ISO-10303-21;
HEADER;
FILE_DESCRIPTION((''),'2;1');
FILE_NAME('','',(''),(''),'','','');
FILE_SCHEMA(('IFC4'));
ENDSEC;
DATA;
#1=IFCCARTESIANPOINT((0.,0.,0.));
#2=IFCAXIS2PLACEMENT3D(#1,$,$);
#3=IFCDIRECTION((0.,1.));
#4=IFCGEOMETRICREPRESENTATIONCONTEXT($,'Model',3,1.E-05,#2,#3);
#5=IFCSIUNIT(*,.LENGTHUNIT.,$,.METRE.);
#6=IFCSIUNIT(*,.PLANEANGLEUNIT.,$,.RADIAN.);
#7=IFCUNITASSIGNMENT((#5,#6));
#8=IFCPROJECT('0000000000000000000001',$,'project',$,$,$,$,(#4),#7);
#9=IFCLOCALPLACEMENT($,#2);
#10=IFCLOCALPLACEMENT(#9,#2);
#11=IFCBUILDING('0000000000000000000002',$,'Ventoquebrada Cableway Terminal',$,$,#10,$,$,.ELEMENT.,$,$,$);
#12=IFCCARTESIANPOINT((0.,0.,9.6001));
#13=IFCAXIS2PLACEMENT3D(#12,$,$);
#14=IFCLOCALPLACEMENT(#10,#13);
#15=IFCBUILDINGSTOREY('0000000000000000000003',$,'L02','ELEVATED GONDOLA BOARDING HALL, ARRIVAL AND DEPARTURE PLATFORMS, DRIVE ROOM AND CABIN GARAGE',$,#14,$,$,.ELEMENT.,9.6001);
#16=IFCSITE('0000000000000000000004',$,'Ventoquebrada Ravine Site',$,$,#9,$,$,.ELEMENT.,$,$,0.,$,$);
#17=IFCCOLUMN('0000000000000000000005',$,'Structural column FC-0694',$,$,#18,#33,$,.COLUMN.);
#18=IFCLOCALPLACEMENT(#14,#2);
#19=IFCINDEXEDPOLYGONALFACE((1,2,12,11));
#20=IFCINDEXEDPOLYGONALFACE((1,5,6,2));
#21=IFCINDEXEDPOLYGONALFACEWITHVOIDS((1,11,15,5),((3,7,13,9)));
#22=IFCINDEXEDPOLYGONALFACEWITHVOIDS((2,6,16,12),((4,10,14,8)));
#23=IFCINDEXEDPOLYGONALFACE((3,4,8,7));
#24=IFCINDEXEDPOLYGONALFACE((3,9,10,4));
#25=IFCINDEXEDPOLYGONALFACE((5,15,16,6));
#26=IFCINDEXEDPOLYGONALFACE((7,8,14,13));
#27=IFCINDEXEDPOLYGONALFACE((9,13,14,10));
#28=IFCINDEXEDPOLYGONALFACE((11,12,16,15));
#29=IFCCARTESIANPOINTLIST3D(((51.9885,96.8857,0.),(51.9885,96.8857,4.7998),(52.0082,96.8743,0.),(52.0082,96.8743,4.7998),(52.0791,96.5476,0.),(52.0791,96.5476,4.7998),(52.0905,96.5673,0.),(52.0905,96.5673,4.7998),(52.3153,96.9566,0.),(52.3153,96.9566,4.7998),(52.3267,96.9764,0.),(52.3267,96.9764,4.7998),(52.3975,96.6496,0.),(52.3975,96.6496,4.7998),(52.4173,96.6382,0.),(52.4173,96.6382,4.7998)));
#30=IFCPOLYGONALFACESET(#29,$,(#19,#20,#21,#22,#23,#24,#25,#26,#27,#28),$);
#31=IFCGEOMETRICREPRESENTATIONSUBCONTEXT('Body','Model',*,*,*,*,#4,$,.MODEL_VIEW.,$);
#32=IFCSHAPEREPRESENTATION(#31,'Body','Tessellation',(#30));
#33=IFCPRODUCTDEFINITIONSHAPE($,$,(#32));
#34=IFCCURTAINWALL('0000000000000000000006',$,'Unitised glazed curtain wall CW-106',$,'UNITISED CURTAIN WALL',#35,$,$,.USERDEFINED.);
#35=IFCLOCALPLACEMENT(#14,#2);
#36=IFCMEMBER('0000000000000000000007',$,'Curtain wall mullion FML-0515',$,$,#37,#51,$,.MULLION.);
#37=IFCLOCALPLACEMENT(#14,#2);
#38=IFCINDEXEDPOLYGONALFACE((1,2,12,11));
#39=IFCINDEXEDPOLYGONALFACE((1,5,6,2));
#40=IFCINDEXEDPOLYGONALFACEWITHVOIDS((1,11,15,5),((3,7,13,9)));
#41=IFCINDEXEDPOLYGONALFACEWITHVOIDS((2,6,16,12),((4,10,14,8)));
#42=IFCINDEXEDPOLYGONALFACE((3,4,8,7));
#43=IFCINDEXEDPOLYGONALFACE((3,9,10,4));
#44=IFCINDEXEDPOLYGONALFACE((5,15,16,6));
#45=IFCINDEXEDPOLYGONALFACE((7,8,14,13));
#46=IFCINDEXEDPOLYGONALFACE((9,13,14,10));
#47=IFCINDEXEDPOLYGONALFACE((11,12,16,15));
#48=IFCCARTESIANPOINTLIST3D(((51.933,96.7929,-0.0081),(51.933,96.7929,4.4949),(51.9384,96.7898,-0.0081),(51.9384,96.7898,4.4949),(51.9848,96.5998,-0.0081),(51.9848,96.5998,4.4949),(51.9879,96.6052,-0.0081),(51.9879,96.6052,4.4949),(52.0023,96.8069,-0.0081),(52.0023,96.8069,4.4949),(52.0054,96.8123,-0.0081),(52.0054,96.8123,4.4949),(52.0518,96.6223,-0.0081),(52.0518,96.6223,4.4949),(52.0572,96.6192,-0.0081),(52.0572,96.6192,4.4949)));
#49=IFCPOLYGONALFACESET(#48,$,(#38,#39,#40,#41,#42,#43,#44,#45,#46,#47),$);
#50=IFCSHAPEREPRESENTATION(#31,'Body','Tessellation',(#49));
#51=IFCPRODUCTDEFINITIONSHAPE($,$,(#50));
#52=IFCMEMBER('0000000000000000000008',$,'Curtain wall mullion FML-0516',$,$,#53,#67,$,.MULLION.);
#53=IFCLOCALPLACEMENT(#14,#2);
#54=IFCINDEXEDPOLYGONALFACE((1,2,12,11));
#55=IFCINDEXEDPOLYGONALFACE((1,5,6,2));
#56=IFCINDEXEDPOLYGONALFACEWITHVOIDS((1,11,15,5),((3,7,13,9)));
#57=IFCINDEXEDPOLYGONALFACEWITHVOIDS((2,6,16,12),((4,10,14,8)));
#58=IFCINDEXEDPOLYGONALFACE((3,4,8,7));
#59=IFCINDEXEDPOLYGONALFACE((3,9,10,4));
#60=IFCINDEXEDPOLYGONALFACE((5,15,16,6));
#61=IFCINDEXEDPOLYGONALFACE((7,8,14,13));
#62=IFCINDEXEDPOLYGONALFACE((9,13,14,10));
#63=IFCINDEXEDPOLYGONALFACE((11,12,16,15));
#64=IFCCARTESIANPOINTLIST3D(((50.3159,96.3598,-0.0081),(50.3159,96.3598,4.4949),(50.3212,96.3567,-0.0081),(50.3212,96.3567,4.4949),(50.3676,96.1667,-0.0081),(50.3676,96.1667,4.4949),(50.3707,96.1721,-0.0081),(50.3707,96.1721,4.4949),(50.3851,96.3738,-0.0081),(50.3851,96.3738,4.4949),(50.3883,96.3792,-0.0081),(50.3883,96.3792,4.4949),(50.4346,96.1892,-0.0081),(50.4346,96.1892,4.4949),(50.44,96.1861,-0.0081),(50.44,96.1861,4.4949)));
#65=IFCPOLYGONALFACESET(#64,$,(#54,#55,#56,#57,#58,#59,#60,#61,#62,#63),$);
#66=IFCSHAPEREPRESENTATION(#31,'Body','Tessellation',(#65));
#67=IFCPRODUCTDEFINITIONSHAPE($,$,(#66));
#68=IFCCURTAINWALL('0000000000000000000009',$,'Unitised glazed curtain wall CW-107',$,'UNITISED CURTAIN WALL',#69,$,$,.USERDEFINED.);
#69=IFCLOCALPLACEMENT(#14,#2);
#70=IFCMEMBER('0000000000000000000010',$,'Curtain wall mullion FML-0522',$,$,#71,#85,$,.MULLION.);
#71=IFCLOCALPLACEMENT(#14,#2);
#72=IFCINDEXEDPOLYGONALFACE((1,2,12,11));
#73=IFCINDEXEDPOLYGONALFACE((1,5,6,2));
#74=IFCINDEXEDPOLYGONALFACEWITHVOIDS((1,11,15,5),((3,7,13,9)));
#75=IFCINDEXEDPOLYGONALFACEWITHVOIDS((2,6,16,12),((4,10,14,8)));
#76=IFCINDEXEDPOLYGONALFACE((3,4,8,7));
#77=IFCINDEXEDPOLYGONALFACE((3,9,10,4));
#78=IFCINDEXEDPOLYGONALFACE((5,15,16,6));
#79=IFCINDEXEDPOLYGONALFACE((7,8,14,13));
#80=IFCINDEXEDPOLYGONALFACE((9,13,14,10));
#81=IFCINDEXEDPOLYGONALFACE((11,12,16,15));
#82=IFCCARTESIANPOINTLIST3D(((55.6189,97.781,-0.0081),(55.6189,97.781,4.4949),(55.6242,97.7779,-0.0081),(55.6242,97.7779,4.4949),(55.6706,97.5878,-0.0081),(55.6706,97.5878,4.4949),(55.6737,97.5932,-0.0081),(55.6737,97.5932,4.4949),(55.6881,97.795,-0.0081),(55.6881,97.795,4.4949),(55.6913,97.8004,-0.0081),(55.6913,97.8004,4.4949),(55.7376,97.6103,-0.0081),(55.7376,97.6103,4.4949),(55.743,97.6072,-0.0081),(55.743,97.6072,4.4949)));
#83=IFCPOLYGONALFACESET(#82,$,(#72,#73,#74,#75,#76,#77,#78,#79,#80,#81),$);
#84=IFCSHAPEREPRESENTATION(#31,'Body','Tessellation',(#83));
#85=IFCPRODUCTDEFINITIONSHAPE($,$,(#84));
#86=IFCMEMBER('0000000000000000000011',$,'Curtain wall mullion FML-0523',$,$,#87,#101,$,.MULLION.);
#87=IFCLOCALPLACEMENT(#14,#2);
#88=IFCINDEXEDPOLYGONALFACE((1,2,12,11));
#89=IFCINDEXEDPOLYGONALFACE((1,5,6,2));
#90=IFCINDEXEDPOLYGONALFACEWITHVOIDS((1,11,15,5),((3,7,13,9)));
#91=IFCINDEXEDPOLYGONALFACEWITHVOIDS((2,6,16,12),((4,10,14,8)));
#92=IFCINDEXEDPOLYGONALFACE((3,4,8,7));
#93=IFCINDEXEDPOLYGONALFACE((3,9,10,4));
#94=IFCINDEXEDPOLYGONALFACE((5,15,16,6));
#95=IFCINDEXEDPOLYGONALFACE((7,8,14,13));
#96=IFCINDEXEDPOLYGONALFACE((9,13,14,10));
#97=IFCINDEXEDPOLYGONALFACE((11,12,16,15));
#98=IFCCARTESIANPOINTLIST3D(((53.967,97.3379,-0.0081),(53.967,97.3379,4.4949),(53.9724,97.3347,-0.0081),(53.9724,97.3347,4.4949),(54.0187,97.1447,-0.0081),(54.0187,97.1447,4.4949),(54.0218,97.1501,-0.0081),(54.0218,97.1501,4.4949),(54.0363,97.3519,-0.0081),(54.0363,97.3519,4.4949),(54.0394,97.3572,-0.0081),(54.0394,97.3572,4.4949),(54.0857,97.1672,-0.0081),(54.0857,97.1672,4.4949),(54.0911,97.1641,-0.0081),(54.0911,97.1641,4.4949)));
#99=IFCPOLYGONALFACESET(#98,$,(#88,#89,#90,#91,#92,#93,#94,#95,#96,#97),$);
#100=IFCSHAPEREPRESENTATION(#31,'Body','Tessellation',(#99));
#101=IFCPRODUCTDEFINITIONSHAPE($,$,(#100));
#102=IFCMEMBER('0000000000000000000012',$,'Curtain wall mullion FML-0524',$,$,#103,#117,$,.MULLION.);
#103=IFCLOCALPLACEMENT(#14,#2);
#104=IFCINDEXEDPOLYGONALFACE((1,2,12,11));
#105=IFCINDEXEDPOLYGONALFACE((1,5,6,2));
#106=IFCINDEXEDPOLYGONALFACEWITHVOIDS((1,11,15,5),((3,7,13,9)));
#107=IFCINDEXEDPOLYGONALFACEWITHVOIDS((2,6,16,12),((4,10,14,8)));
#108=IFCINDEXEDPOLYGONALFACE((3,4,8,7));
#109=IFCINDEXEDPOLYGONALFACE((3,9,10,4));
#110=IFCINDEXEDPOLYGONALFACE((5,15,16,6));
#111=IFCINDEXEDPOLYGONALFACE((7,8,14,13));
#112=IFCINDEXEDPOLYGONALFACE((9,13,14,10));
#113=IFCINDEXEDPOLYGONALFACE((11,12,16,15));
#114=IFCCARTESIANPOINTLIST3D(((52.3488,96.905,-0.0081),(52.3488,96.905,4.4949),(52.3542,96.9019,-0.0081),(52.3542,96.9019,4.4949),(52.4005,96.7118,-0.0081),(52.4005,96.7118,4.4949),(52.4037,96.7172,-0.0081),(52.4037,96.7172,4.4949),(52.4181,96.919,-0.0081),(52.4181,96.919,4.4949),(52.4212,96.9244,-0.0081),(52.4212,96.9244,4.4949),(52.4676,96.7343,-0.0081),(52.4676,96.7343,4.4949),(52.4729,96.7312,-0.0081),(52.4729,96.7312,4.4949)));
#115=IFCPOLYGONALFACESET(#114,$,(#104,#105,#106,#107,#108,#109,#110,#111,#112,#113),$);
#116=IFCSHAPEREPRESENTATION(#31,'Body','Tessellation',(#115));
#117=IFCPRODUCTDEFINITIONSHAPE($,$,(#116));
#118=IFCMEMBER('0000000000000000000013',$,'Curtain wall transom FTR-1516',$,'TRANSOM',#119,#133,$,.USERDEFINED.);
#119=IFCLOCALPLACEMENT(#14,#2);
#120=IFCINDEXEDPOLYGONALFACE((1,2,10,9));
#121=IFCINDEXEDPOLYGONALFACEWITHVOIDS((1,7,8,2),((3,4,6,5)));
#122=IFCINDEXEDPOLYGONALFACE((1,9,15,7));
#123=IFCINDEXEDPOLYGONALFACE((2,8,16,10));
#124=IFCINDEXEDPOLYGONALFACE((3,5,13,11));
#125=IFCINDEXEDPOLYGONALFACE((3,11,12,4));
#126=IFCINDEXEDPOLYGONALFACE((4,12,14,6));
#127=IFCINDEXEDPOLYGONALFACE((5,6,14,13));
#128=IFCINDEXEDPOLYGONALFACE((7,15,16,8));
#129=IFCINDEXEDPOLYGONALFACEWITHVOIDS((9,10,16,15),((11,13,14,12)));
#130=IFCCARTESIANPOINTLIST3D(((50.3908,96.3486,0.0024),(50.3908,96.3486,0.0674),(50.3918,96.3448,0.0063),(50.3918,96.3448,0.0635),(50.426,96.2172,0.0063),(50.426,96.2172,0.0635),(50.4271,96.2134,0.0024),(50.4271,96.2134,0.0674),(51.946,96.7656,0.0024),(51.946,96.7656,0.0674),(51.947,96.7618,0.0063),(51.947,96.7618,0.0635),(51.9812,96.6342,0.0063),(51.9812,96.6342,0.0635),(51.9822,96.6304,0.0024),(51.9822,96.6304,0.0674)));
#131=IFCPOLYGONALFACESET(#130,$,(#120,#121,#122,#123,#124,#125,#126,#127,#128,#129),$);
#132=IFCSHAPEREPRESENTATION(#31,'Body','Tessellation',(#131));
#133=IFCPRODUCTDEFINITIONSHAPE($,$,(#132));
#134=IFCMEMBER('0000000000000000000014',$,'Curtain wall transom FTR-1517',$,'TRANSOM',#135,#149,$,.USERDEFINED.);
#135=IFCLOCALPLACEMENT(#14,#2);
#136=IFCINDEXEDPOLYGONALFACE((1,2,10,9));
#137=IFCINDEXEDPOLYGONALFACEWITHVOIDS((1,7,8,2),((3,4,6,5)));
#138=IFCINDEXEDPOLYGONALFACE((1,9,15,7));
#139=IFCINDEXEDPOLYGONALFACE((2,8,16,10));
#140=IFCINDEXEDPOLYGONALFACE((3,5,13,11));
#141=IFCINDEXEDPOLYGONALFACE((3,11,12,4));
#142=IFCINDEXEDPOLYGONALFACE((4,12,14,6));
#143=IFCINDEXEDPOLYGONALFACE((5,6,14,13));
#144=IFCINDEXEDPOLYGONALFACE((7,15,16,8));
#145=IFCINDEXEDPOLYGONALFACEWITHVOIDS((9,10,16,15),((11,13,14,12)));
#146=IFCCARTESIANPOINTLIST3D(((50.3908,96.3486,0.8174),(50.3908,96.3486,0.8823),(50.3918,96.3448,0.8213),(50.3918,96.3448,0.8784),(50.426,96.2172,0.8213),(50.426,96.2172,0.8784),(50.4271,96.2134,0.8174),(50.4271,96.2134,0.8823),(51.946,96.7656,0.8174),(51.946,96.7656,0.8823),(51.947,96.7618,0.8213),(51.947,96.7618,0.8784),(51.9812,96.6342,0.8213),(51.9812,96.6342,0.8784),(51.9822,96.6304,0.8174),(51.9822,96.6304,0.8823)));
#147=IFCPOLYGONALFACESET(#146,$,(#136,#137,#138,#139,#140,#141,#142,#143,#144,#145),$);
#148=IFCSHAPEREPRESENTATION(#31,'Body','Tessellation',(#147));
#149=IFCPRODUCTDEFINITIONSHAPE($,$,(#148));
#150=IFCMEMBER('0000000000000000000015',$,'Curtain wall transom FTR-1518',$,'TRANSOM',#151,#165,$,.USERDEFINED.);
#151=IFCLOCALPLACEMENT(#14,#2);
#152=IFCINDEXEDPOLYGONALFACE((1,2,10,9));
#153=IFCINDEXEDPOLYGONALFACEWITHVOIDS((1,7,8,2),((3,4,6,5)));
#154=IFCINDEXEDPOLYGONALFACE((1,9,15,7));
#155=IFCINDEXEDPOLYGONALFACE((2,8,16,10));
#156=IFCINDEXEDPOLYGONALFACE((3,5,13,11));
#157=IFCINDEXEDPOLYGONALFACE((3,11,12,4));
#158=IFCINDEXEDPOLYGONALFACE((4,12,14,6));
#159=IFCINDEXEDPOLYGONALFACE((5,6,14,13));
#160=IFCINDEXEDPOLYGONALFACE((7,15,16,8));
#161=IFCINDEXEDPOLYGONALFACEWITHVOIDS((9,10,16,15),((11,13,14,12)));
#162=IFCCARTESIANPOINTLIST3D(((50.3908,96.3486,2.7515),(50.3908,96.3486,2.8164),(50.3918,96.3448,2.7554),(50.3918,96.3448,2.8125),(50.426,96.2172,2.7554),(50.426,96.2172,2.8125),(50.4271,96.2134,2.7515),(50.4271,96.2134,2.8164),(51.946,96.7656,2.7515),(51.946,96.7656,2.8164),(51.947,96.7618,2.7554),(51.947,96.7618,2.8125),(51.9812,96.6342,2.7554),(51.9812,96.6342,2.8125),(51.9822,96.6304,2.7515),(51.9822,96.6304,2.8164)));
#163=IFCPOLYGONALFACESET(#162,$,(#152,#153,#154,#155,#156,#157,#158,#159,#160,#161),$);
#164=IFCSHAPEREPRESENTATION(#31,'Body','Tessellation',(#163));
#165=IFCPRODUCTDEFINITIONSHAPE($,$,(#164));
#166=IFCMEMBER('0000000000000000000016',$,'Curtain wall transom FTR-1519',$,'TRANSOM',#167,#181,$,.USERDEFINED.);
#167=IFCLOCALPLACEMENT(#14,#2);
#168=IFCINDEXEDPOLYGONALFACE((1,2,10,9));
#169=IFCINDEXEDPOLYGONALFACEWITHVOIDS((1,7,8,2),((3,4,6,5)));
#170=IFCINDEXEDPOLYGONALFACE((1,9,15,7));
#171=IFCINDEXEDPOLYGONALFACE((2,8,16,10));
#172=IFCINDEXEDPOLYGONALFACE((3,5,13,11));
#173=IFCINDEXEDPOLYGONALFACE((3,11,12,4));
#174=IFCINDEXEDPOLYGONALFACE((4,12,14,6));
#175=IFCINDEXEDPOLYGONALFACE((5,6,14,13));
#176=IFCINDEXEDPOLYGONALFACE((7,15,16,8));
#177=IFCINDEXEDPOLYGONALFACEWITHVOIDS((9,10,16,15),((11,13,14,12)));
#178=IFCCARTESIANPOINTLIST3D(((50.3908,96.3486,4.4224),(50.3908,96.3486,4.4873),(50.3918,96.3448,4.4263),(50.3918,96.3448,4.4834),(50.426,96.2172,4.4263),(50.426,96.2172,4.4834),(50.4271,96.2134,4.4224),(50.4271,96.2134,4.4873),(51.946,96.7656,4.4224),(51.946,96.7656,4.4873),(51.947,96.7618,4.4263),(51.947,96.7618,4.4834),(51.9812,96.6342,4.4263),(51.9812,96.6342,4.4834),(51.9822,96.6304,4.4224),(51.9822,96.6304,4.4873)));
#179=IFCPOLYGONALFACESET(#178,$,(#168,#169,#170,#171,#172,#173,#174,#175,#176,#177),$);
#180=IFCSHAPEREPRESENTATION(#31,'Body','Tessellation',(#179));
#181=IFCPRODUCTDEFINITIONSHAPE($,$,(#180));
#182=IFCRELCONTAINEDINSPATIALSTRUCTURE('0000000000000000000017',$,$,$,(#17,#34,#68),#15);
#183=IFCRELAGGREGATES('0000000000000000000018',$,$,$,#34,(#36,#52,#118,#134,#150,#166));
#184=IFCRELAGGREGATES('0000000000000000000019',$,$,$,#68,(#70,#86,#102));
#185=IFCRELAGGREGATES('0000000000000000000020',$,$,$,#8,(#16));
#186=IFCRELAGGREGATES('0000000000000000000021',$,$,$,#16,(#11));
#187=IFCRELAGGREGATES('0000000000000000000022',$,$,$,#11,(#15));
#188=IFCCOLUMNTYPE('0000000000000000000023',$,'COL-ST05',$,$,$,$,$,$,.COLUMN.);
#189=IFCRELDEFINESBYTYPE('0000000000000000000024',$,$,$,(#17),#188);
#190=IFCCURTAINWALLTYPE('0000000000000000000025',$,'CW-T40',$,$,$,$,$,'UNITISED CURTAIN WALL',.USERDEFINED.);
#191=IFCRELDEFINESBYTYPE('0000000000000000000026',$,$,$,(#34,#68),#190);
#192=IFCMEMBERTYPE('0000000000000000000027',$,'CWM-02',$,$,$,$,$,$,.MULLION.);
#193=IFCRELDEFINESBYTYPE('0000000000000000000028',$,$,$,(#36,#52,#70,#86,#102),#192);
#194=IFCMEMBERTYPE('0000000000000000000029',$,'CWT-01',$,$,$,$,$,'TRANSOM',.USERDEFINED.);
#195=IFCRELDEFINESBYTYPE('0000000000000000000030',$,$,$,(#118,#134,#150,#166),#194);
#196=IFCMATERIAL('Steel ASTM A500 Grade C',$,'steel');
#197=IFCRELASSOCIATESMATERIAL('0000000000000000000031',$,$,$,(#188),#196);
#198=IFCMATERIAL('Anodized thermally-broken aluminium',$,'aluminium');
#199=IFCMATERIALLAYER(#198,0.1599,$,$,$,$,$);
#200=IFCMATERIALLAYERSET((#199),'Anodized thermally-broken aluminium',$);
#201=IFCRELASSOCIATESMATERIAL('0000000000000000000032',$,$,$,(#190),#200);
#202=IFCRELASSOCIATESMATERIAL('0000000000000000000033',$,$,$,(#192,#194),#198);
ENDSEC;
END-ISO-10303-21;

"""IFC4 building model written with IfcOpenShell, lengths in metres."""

from ifc_helpers import new_model, si_unit, direction, frame, origin, origin_2d, place, context, subcontext, project, spatial, hollow_rectangle, extrude, material, layer, layer_set, material_profile, profile_set, type_object, element, aggregate, save


model = new_model("IFC4")

# Units and contexts
model_context = context("Model", 3, precision=1e-05, world=origin(), true_north=direction((0.0, 1.0)))
body_context = subcontext(model_context, "Body", "Model", "MODEL_VIEW")
ifc_project = project(units=[si_unit("LENGTHUNIT", "METRE"), si_unit("PLANEANGLEUNIT", "RADIAN")], contexts=[model_context])

# Site, building, storey
site_placement = place(None, origin())
site = spatial("IfcSite", under=ifc_project, at=site_placement, Name="Ventoquebrada Ravine Site", CompositionType="ELEMENT", RefElevation=0.0)
building_placement = place(site_placement, origin())
building = spatial("IfcBuilding", under=site, at=building_placement, Name="Ventoquebrada Cableway Terminal", CompositionType="ELEMENT")
storey_placement = place(building_placement, frame((0.0, 0.0, 9.6001)))
storey = spatial("IfcBuildingStorey", under=building, at=storey_placement, Name="L02", Description="ELEVATED GONDOLA BOARDING HALL, ARRIVAL AND DEPARTURE PLATFORMS, DRIVE ROOM AND CABIN GARAGE", CompositionType="ELEMENT", Elevation=9.6001)

# Column
ifc_material_1 = material(Name="Steel ASTM A500 Grade C", Category="steel")
ifc_material_profile_1 = material_profile(ifc_material_1, hollow_rectangle(XDim=0.3501, YDim=0.3501, WallThickness=0.0161, at=origin_2d()), Name="HSS350X350X16")
ifc_profile_set_1 = profile_set([ifc_material_profile_1], Name="Steel ASTM A500 Grade C")
column_type = type_object("IfcColumnType", Name="COL-ST05", PredefinedType="COLUMN", material=ifc_profile_set_1)
column_placement = place(storey_placement, frame((52.2029, 96.762, 0.0), z_axis=(0.0, 0.0, 1.0), x_axis=(0.965926, 0.258819, 0.0)))
element("IfcColumn", 1, at=column_placement, inside=storey, type_object=column_type, Name="Structural column FC-0694", PredefinedType="COLUMN", context=body_context, shape_type="SweptSolid", body=[
    extrude(hollow_rectangle(XDim=0.3501, YDim=0.3501, WallThickness=0.0161, at=origin_2d()), origin(), (0.0, 0.0, 1.0), 4.7998),
])

# Curtain walls, members
ifc_material_2 = material(Name="Anodized thermally-broken aluminium", Category="aluminium")
ifc_layer_1 = layer(ifc_material_2, 0.1599)
ifc_layer_set_1 = layer_set([ifc_layer_1], Name="Anodized thermally-broken aluminium")
curtain_wall_type = type_object("IfcCurtainWallType", Name="CW-T40", ElementType="UNITISED CURTAIN WALL", PredefinedType="USERDEFINED", material=ifc_layer_set_1)
curtain_wall_1_placement = place(storey_placement, origin())
curtain_wall_1 = element("IfcCurtainWall", 2, at=curtain_wall_1_placement, inside=storey, type_object=curtain_wall_type, Name="Unitised glazed curtain wall CW-106", ObjectType="UNITISED CURTAIN WALL", PredefinedType="USERDEFINED")
ifc_material_profile_2 = material_profile(ifc_material_2, hollow_rectangle(XDim=0.075, YDim=0.2, WallThickness=0.0044, at=origin_2d()), Name="CW-MUL-75X200")
ifc_profile_set_2 = profile_set([ifc_material_profile_2], Name="Anodized thermally-broken aluminium")
member_type_1 = type_object("IfcMemberType", Name="CWM-02", PredefinedType="MULLION", material=ifc_profile_set_2)
member_1_placement = place(storey_placement, frame((51.9951, 96.7061, -0.0081), z_axis=(0.0, 0.0, 1.0), x_axis=(-0.96593, -0.258802, 0.0)))
member_1 = element("IfcMember", 3, at=member_1_placement, type_object=member_type_1, Name="Curtain wall mullion FML-0515", PredefinedType="MULLION", context=body_context, shape_type="SweptSolid", body=[
    extrude(hollow_rectangle(XDim=0.075, YDim=0.2, WallThickness=0.0044, at=origin_2d()), origin(), (0.0, 0.0, 1.0), 4.5029),
])
member_2_placement = place(storey_placement, frame((50.3779, 96.2729, -0.0081), z_axis=(0.0, 0.0, 1.0), x_axis=(-0.96593, -0.258802, 0.0)))
member_2 = element("IfcMember", 4, at=member_2_placement, type_object=member_type_1, Name="Curtain wall mullion FML-0516", PredefinedType="MULLION", context=body_context, shape_type="SweptSolid", body=[
    extrude(hollow_rectangle(XDim=0.075, YDim=0.2, WallThickness=0.0044, at=origin_2d()), origin(), (0.0, 0.0, 1.0), 4.5029),
])
curtain_wall_2_placement = place(storey_placement, origin())
curtain_wall_2 = element("IfcCurtainWall", 5, at=curtain_wall_2_placement, inside=storey, type_object=curtain_wall_type, Name="Unitised glazed curtain wall CW-107", ObjectType="UNITISED CURTAIN WALL", PredefinedType="USERDEFINED")
member_3_placement = place(storey_placement, frame((55.6809, 97.6941, -0.0081), z_axis=(0.0, 0.0, 1.0), x_axis=(-0.965975, -0.258634, 0.0)))
member_3 = element("IfcMember", 6, at=member_3_placement, type_object=member_type_1, Name="Curtain wall mullion FML-0522", PredefinedType="MULLION", context=body_context, shape_type="SweptSolid", body=[
    extrude(hollow_rectangle(XDim=0.075, YDim=0.2, WallThickness=0.0044, at=origin_2d()), origin(), (0.0, 0.0, 1.0), 4.5029),
])
member_4_placement = place(storey_placement, frame((54.0291, 97.251, -0.0081), z_axis=(0.0, 0.0, 1.0), x_axis=(-0.965975, -0.258634, 0.0)))
member_4 = element("IfcMember", 7, at=member_4_placement, type_object=member_type_1, Name="Curtain wall mullion FML-0523", PredefinedType="MULLION", context=body_context, shape_type="SweptSolid", body=[
    extrude(hollow_rectangle(XDim=0.075, YDim=0.2, WallThickness=0.0044, at=origin_2d()), origin(), (0.0, 0.0, 1.0), 4.5029),
])
member_5_placement = place(storey_placement, frame((52.4109, 96.8181, -0.0081), z_axis=(0.0, 0.0, 1.0), x_axis=(-0.965975, -0.258634, 0.0)))
member_5 = element("IfcMember", 8, at=member_5_placement, type_object=member_type_1, Name="Curtain wall mullion FML-0524", PredefinedType="MULLION", context=body_context, shape_type="SweptSolid", body=[
    extrude(hollow_rectangle(XDim=0.075, YDim=0.2, WallThickness=0.0044, at=origin_2d()), origin(), (0.0, 0.0, 1.0), 4.5029),
])

# Members
ifc_material_profile_3 = material_profile(ifc_material_2, hollow_rectangle(XDim=0.0649, YDim=0.1399, WallThickness=0.0039, at=origin_2d()), Name="CW-TRN-65X140")
ifc_profile_set_3 = profile_set([ifc_material_profile_3], Name="Anodized thermally-broken aluminium")
member_type_2 = type_object("IfcMemberType", Name="CWT-01", ElementType="TRANSOM", PredefinedType="USERDEFINED", material=ifc_profile_set_3)
member_6_placement = place(storey_placement, frame((51.9641, 96.698, 0.0349), z_axis=(-0.965882, -0.258984, 0.0), x_axis=(0.0, 0.0, 1.0)))
member_6 = element("IfcMember", 9, at=member_6_placement, type_object=member_type_2, Name="Curtain wall transom FTR-1516", ObjectType="TRANSOM", PredefinedType="USERDEFINED", context=body_context, shape_type="SweptSolid", body=[
    extrude(hollow_rectangle(XDim=0.0649, YDim=0.1399, WallThickness=0.0039, at=origin_2d()), origin(), (0.0, 0.0, 1.0), 1.6101),
])
member_7_placement = place(storey_placement, frame((51.9641, 96.698, 0.8499), z_axis=(-0.965882, -0.258984, 0.0), x_axis=(0.0, 0.0, 1.0)))
member_7 = element("IfcMember", 10, at=member_7_placement, type_object=member_type_2, Name="Curtain wall transom FTR-1517", ObjectType="TRANSOM", PredefinedType="USERDEFINED", context=body_context, shape_type="SweptSolid", body=[
    extrude(hollow_rectangle(XDim=0.0649, YDim=0.1399, WallThickness=0.0039, at=origin_2d()), origin(), (0.0, 0.0, 1.0), 1.6101),
])
member_8_placement = place(storey_placement, frame((51.9641, 96.698, 2.7839), z_axis=(-0.965882, -0.258984, 0.0), x_axis=(0.0, 0.0, 1.0)))
member_8 = element("IfcMember", 11, at=member_8_placement, type_object=member_type_2, Name="Curtain wall transom FTR-1518", ObjectType="TRANSOM", PredefinedType="USERDEFINED", context=body_context, shape_type="SweptSolid", body=[
    extrude(hollow_rectangle(XDim=0.0649, YDim=0.1399, WallThickness=0.0039, at=origin_2d()), origin(), (0.0, 0.0, 1.0), 1.6101),
])
member_9_placement = place(storey_placement, frame((51.9641, 96.698, 4.4548), z_axis=(-0.965882, -0.258984, 0.0), x_axis=(0.0, 0.0, 1.0)))
member_9 = element("IfcMember", 12, at=member_9_placement, type_object=member_type_2, Name="Curtain wall transom FTR-1519", ObjectType="TRANSOM", PredefinedType="USERDEFINED", context=body_context, shape_type="SweptSolid", body=[
    extrude(hollow_rectangle(XDim=0.0649, YDim=0.1399, WallThickness=0.0039, at=origin_2d()), origin(), (0.0, 0.0, 1.0), 1.6101),
])

aggregate(curtain_wall_1, [member_1, member_2, member_6, member_7, member_8, member_9])
aggregate(curtain_wall_2, [member_3, member_4, member_5])

save(model, "model.ifc")
